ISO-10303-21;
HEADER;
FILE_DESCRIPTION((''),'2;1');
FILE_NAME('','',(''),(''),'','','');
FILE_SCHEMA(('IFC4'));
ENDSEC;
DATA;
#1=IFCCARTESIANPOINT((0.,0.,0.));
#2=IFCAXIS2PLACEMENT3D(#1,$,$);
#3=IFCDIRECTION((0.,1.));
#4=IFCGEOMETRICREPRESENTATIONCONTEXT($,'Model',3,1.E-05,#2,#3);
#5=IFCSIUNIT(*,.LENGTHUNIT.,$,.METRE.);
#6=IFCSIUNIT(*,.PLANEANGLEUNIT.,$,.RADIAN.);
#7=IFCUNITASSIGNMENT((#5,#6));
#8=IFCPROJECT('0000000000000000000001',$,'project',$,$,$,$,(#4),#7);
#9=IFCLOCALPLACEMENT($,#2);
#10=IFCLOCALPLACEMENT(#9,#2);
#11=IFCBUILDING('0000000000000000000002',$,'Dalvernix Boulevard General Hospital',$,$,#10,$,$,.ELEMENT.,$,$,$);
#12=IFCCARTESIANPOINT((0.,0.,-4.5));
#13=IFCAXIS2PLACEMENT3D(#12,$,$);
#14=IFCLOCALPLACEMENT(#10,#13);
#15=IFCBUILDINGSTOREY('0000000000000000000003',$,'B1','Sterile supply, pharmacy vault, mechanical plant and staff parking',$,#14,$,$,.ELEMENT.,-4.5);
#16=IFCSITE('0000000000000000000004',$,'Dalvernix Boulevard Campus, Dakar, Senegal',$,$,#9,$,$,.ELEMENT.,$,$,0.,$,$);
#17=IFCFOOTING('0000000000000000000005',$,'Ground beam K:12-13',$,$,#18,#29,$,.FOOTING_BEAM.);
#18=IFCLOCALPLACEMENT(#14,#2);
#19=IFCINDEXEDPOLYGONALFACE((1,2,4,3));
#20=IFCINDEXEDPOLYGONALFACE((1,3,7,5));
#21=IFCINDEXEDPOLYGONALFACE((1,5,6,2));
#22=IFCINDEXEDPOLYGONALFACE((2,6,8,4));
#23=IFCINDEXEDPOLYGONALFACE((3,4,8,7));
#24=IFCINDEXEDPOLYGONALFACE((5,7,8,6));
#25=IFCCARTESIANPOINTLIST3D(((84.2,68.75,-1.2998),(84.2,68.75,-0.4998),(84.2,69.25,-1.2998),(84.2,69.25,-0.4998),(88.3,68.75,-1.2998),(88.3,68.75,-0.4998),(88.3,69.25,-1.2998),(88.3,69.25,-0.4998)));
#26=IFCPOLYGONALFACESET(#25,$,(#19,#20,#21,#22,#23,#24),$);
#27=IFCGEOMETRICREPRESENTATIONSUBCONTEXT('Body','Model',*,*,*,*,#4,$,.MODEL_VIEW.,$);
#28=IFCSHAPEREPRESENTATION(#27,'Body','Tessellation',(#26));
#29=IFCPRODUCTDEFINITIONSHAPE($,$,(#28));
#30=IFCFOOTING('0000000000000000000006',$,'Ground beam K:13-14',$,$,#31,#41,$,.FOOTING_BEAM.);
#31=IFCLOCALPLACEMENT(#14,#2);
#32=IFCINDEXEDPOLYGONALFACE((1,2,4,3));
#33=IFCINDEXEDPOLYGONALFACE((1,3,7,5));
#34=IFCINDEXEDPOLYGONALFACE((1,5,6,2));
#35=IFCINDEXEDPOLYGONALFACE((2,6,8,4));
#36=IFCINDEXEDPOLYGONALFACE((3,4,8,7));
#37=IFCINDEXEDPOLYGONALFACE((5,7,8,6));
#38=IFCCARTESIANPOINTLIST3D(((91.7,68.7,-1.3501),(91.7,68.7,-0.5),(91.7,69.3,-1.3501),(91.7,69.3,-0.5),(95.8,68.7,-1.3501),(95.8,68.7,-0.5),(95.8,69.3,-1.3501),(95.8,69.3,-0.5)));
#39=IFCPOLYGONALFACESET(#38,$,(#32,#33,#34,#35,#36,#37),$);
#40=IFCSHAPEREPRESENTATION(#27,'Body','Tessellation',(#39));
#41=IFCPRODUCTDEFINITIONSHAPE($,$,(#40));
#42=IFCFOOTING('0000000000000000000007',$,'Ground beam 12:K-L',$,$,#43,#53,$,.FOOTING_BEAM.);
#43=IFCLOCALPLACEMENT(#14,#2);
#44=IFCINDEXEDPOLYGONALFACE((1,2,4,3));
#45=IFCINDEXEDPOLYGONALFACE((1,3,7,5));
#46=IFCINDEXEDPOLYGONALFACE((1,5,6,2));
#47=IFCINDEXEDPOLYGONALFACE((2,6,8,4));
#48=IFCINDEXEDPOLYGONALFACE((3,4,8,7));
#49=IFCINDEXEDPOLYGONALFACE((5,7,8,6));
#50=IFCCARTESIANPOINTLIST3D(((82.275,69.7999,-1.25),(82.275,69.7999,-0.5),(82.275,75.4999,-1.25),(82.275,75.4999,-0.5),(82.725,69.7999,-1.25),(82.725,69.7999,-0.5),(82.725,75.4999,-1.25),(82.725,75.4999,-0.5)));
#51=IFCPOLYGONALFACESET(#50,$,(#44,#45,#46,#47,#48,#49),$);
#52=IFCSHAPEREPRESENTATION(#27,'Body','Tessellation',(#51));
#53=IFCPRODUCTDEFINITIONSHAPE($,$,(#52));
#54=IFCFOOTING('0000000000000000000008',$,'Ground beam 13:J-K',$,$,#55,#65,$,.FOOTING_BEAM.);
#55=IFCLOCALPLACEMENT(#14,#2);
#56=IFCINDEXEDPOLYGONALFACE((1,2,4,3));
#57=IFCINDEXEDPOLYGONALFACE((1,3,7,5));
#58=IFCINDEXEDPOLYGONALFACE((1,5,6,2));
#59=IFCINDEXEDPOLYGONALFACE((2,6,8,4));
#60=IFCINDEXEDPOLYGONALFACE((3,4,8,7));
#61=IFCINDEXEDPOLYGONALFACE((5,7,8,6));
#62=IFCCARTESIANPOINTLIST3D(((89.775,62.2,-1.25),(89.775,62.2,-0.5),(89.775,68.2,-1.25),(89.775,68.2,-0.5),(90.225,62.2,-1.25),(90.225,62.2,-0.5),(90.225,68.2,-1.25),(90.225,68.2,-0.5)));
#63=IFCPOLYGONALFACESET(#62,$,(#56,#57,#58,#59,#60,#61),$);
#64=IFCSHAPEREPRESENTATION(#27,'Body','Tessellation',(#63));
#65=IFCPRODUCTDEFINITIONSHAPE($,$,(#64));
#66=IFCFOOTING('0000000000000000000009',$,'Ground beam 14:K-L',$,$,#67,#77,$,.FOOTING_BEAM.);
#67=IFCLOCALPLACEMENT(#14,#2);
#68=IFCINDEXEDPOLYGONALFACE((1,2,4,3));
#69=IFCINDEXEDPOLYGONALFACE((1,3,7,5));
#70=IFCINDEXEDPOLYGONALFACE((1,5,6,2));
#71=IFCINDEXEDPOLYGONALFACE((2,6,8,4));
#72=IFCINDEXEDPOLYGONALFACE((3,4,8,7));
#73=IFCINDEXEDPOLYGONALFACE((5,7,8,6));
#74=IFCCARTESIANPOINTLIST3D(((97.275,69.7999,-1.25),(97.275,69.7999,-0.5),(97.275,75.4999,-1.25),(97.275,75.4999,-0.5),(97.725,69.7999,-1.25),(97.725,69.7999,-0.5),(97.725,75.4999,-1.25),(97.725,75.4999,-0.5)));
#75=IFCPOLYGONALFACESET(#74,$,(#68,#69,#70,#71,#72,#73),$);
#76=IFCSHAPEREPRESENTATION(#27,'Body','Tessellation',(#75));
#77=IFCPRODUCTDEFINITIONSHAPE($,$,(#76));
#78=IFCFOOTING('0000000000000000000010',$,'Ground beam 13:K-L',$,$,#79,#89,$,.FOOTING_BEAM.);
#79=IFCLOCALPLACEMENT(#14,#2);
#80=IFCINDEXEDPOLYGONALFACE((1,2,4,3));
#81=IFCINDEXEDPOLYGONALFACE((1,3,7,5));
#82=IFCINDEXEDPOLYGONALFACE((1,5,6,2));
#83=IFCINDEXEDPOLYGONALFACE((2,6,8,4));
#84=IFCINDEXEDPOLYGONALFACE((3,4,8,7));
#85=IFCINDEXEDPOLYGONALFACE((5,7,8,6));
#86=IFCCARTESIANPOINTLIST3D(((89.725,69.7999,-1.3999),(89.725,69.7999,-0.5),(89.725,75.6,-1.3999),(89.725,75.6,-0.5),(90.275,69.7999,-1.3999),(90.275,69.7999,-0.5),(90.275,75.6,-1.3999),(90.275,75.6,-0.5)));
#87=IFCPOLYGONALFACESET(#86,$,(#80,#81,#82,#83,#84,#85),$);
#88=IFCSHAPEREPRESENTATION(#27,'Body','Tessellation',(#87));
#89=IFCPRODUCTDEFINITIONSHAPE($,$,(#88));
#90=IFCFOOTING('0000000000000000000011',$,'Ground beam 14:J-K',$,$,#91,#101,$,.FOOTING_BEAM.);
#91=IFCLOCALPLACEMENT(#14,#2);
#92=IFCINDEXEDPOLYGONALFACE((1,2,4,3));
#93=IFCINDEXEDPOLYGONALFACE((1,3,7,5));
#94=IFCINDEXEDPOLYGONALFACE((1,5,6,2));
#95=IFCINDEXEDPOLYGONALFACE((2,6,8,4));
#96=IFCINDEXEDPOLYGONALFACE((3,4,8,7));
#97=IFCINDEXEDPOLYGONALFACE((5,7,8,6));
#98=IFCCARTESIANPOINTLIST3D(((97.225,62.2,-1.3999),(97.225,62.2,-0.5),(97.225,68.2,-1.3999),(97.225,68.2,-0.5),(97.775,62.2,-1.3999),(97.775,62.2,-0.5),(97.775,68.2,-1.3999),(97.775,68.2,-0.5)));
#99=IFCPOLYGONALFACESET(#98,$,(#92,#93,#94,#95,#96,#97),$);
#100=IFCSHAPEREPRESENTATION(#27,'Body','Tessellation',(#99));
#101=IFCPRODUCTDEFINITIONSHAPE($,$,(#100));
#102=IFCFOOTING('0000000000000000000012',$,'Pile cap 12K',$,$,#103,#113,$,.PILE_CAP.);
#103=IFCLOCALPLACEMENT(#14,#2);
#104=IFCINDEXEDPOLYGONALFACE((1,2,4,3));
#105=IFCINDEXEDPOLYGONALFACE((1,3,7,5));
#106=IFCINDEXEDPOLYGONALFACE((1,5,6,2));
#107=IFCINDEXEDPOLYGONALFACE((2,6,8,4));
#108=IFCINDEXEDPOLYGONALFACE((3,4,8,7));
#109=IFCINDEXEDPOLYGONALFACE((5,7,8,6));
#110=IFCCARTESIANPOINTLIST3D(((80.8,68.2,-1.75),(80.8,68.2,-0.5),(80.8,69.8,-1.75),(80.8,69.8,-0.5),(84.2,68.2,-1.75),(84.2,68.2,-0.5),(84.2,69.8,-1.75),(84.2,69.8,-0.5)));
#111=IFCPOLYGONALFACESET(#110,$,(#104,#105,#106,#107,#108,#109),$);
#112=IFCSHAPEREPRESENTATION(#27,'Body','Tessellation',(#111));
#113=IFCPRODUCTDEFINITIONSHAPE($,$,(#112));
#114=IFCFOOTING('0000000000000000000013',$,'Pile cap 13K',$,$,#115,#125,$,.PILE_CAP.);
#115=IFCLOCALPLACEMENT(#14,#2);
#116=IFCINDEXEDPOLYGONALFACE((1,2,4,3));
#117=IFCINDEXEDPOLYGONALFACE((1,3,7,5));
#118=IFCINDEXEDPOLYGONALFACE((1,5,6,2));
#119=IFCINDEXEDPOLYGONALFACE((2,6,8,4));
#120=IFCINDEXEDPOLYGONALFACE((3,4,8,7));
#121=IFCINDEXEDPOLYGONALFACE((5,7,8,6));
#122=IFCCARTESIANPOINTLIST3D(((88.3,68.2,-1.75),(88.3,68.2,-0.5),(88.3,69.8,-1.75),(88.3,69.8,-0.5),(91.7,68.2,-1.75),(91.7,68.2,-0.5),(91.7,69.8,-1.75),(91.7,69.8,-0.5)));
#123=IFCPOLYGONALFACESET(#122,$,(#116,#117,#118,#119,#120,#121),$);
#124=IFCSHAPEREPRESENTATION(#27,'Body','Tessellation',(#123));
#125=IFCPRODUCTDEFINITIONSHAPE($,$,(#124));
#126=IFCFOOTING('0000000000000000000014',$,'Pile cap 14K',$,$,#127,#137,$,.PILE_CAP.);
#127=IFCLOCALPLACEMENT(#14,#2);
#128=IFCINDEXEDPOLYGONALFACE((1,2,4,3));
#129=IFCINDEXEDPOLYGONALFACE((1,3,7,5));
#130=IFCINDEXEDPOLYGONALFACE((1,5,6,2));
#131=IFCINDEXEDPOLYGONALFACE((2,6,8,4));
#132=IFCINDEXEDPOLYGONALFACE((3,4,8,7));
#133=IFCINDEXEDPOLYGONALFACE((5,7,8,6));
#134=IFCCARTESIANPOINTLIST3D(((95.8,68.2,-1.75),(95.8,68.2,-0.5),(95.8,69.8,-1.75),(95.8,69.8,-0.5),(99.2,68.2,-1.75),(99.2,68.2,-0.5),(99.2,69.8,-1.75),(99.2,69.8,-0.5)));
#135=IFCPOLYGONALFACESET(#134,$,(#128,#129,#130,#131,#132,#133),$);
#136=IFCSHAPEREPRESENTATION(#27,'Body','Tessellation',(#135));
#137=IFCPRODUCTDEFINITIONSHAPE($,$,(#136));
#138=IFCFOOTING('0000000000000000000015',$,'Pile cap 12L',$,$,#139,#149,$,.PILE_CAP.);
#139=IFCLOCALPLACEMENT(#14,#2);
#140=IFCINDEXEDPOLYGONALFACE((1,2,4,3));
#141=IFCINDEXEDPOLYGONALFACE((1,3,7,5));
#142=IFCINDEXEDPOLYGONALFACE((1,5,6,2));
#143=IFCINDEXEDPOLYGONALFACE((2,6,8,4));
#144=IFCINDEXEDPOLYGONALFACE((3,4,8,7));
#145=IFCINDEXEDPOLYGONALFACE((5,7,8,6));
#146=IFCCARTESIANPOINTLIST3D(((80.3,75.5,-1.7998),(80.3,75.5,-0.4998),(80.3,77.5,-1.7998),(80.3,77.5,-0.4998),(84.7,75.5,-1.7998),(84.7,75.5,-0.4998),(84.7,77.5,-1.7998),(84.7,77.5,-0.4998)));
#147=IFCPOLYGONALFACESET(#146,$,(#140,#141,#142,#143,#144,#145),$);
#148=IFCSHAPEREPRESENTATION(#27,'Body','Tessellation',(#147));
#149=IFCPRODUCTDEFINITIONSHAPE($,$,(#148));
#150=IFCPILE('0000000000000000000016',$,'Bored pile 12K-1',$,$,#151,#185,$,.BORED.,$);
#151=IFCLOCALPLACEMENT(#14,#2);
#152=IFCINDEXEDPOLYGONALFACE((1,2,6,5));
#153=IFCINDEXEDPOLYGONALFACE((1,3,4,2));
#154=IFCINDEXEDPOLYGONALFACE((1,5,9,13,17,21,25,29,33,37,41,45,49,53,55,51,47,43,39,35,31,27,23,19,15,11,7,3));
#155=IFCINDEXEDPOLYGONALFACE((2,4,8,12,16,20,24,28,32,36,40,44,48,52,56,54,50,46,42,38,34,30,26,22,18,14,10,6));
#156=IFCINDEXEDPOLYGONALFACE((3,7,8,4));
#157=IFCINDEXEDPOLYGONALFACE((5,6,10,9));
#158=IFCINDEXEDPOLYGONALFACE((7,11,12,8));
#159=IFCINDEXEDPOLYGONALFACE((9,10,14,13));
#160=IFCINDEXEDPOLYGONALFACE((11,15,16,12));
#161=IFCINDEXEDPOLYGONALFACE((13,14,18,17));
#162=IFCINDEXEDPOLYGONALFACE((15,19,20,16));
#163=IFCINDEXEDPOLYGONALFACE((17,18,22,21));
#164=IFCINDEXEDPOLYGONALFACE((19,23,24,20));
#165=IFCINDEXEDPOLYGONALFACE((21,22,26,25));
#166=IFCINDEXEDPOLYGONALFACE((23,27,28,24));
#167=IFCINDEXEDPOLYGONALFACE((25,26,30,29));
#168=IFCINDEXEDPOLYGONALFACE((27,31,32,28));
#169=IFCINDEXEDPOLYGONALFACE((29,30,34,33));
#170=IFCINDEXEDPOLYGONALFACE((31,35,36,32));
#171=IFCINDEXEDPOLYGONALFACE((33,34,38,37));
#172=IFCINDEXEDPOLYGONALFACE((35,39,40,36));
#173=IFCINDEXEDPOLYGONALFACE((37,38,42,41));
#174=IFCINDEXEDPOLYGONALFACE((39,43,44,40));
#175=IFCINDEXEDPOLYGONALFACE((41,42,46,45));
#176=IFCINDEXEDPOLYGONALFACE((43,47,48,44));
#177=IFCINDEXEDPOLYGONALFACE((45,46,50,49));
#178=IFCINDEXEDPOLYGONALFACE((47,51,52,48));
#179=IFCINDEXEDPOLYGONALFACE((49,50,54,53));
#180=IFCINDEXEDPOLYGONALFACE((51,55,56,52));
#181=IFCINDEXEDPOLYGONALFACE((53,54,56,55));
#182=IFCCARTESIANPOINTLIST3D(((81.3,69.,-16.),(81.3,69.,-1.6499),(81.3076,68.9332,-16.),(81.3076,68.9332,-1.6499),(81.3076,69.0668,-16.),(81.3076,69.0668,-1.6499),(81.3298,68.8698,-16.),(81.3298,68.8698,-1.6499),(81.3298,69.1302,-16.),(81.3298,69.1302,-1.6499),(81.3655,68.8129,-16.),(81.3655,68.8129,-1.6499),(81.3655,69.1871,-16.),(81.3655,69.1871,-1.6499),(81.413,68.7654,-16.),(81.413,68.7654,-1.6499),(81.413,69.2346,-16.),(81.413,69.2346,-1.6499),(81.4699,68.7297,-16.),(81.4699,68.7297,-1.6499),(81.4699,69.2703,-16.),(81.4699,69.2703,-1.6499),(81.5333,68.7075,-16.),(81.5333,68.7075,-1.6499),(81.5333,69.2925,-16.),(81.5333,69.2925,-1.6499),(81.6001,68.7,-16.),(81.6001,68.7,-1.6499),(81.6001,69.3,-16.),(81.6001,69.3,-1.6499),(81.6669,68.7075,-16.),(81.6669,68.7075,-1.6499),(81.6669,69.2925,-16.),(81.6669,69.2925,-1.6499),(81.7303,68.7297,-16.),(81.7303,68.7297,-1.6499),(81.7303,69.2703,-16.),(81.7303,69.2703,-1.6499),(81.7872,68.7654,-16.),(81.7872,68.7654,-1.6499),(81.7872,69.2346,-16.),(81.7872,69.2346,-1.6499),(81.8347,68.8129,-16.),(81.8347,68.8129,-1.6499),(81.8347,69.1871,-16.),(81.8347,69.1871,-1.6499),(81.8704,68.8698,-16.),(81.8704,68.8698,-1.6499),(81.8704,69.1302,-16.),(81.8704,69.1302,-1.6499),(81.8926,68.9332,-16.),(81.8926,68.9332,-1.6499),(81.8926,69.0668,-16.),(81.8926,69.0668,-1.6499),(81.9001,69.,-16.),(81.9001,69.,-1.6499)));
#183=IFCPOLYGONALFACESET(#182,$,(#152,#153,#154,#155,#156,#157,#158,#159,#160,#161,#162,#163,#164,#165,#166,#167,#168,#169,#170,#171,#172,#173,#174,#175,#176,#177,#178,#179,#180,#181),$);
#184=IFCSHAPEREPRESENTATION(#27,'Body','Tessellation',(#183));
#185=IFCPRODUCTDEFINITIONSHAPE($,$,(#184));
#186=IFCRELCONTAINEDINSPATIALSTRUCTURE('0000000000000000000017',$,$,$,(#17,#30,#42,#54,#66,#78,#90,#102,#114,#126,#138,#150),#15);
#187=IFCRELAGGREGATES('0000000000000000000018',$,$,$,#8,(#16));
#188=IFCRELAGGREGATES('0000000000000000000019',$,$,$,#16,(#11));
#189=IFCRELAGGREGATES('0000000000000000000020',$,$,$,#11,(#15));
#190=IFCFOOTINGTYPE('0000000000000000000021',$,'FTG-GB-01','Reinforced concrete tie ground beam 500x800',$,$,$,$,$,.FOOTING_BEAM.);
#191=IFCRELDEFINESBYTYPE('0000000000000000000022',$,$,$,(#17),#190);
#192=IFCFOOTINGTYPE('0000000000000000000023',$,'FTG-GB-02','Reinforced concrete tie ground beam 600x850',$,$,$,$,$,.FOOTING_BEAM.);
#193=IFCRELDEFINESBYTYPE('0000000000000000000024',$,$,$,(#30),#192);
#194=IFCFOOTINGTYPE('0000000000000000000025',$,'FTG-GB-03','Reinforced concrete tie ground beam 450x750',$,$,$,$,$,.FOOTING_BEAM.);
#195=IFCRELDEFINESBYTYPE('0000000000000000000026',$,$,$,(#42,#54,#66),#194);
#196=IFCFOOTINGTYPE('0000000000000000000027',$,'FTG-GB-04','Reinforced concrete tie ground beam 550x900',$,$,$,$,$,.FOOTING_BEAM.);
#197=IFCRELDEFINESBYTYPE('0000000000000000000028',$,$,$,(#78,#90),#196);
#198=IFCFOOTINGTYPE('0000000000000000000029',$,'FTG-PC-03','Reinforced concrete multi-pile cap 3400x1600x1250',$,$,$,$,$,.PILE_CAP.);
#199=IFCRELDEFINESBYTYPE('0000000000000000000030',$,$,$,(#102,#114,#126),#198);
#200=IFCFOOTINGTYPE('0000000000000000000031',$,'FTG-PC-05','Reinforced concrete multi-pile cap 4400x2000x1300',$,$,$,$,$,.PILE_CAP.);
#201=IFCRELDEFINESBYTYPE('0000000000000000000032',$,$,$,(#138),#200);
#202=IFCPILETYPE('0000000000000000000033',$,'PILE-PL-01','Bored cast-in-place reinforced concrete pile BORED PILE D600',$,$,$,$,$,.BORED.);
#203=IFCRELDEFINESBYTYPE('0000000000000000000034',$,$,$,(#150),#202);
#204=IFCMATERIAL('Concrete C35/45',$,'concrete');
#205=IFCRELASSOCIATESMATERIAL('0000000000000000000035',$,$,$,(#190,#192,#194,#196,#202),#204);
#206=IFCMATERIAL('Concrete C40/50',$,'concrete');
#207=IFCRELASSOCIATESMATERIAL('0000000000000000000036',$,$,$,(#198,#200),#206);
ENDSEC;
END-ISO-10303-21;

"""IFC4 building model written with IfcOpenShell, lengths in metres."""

from ifc_helpers import new_model, si_unit, direction, frame, origin, origin_2d, place, context, subcontext, project, spatial, rectangle, circle, extrude, material, material_profile, profile_set, type_object, element, save


model = new_model("IFC4")

# Units and contexts
model_context = context("Model", 3, precision=1e-05, world=origin(), true_north=direction((0.0, 1.0)))
body_context = subcontext(model_context, "Body", "Model", "MODEL_VIEW")
ifc_project = project(units=[si_unit("LENGTHUNIT", "METRE"), si_unit("PLANEANGLEUNIT", "RADIAN")], contexts=[model_context])

# Site, building, storey
site_placement = place(None, origin())
site = spatial("IfcSite", under=ifc_project, at=site_placement, Name="Dalvernix Boulevard Campus, Dakar, Senegal", CompositionType="ELEMENT", RefElevation=0.0)
building_placement = place(site_placement, origin())
building = spatial("IfcBuilding", under=site, at=building_placement, Name="Dalvernix Boulevard General Hospital", CompositionType="ELEMENT")
storey_placement = place(building_placement, frame((0.0, 0.0, -4.5)))
storey = spatial("IfcBuildingStorey", under=building, at=storey_placement, Name="B1", Description="Sterile supply, pharmacy vault, mechanical plant and staff parking", CompositionType="ELEMENT", Elevation=-4.5)

# Footings
ifc_material_1 = material(Name="Concrete C35/45", Category="concrete")
footing_type_1 = type_object("IfcFootingType", Name="FTG-GB-01", Description="Reinforced concrete tie ground beam 500x800", PredefinedType="FOOTING_BEAM", material=ifc_material_1)
footing_1_placement = place(storey_placement, frame((86.25, 69.0, -1.2998), z_axis=(0.0, 0.0, 1.0), x_axis=(1.0, 0.0, 0.0)))
element("IfcFooting", 1, at=footing_1_placement, inside=storey, type_object=footing_type_1, Name="Ground beam K:12-13", PredefinedType="FOOTING_BEAM", context=body_context, shape_type="SweptSolid", body=[
    extrude(rectangle(XDim=4.1001, YDim=0.5, at=origin_2d()), origin(), (0.0, 0.0, 1.0), 0.8),
])
footing_type_2 = type_object("IfcFootingType", Name="FTG-GB-02", Description="Reinforced concrete tie ground beam 600x850", PredefinedType="FOOTING_BEAM", material=ifc_material_1)
footing_2_placement = place(storey_placement, frame((93.75, 69.0, -1.3501), z_axis=(0.0, 0.0, 1.0), x_axis=(1.0, 0.0, 0.0)))
element("IfcFooting", 2, at=footing_2_placement, inside=storey, type_object=footing_type_2, Name="Ground beam K:13-14", PredefinedType="FOOTING_BEAM", context=body_context, shape_type="SweptSolid", body=[
    extrude(rectangle(XDim=4.1001, YDim=0.6001, at=origin_2d()), origin(), (0.0, 0.0, 1.0), 0.8501),
])
footing_type_3 = type_object("IfcFootingType", Name="FTG-GB-03", Description="Reinforced concrete tie ground beam 450x750", PredefinedType="FOOTING_BEAM", material=ifc_material_1)
footing_3_placement = place(storey_placement, frame((82.5, 72.6499, -1.25), z_axis=(0.0, 0.0, 1.0), x_axis=(0.0, 1.0, 0.0)))
element("IfcFooting", 3, at=footing_3_placement, inside=storey, type_object=footing_type_3, Name="Ground beam 12:K-L", PredefinedType="FOOTING_BEAM", context=body_context, shape_type="SweptSolid", body=[
    extrude(rectangle(XDim=5.7, YDim=0.45, at=origin_2d()), origin(), (0.0, 0.0, 1.0), 0.75),
])
footing_4_placement = place(storey_placement, frame((90.0, 65.2, -1.25), z_axis=(0.0, 0.0, 1.0), x_axis=(0.0, 1.0, 0.0)))
element("IfcFooting", 4, at=footing_4_placement, inside=storey, type_object=footing_type_3, Name="Ground beam 13:J-K", PredefinedType="FOOTING_BEAM", context=body_context, shape_type="SweptSolid", body=[
    extrude(rectangle(XDim=6.0, YDim=0.45, at=origin_2d()), origin(), (0.0, 0.0, 1.0), 0.75),
])
footing_5_placement = place(storey_placement, frame((97.5, 72.6499, -1.25), z_axis=(0.0, 0.0, 1.0), x_axis=(0.0, 1.0, 0.0)))
element("IfcFooting", 5, at=footing_5_placement, inside=storey, type_object=footing_type_3, Name="Ground beam 14:K-L", PredefinedType="FOOTING_BEAM", context=body_context, shape_type="SweptSolid", body=[
    extrude(rectangle(XDim=5.7, YDim=0.45, at=origin_2d()), origin(), (0.0, 0.0, 1.0), 0.75),
])
footing_type_4 = type_object("IfcFootingType", Name="FTG-GB-04", Description="Reinforced concrete tie ground beam 550x900", PredefinedType="FOOTING_BEAM", material=ifc_material_1)
footing_6_placement = place(storey_placement, frame((90.0, 72.7, -1.3999), z_axis=(0.0, 0.0, 1.0), x_axis=(0.0, 1.0, 0.0)))
element("IfcFooting", 6, at=footing_6_placement, inside=storey, type_object=footing_type_4, Name="Ground beam 13:K-L", PredefinedType="FOOTING_BEAM", context=body_context, shape_type="SweptSolid", body=[
    extrude(rectangle(XDim=5.8, YDim=0.55, at=origin_2d()), origin(), (0.0, 0.0, 1.0), 0.8999),
])
footing_7_placement = place(storey_placement, frame((97.5, 65.2, -1.3999), z_axis=(0.0, 0.0, 1.0), x_axis=(0.0, 1.0, 0.0)))
element("IfcFooting", 7, at=footing_7_placement, inside=storey, type_object=footing_type_4, Name="Ground beam 14:J-K", PredefinedType="FOOTING_BEAM", context=body_context, shape_type="SweptSolid", body=[
    extrude(rectangle(XDim=6.0, YDim=0.55, at=origin_2d()), origin(), (0.0, 0.0, 1.0), 0.8999),
])
ifc_material_2 = material(Name="Concrete C40/50", Category="concrete")
footing_type_5 = type_object("IfcFootingType", Name="FTG-PC-03", Description="Reinforced concrete multi-pile cap 3400x1600x1250", PredefinedType="PILE_CAP", material=ifc_material_2)
for number, where, z_axis, x_axis, name in (
    (8, (82.5, 69.0, -1.75), (0.0, 0.0, 1.0), (1.0, 0.0, 0.0), "Pile cap 12K"),
    (9, (90.0, 69.0, -1.75), (0.0, 0.0, 1.0), (1.0, 0.0, 0.0), "Pile cap 13K"),
    (10, (97.5, 69.0, -1.75), (0.0, 0.0, 1.0), (1.0, 0.0, 0.0), "Pile cap 14K"),
):
    element("IfcFooting", number, at=place(storey_placement, frame(where, z_axis=z_axis, x_axis=x_axis)), inside=storey, type_object=footing_type_5, Name=name, PredefinedType="PILE_CAP", context=body_context, shape_type="SweptSolid", body=[
        extrude(rectangle(XDim=3.3999, YDim=1.6001, at=origin_2d()), origin(), (0.0, 0.0, 1.0), 1.25),
    ])
footing_type_6 = type_object("IfcFootingType", Name="FTG-PC-05", Description="Reinforced concrete multi-pile cap 4400x2000x1300", PredefinedType="PILE_CAP", material=ifc_material_2)
footing_8_placement = place(storey_placement, frame((82.5, 76.5, -1.7998), z_axis=(0.0, 0.0, 1.0), x_axis=(1.0, 0.0, 0.0)))
element("IfcFooting", 11, at=footing_8_placement, inside=storey, type_object=footing_type_6, Name="Pile cap 12L", PredefinedType="PILE_CAP", context=body_context, shape_type="SweptSolid", body=[
    extrude(rectangle(XDim=4.3999, YDim=2.0, at=origin_2d()), origin(), (0.0, 0.0, 1.0), 1.3),
])

# Pile
ifc_material_profile_1 = material_profile(ifc_material_1, circle(Radius=0.3, at=origin_2d()), Name="BORED PILE D600")
ifc_profile_set_1 = profile_set([ifc_material_profile_1], Name="Concrete C35/45")
pile_type = type_object("IfcPileType", Name="PILE-PL-01", Description="Bored cast-in-place reinforced concrete pile BORED PILE D600", PredefinedType="BORED", material=ifc_profile_set_1)
for number, where, z_axis, x_axis, name in (
    (12, (81.6001, 69.0, -1.6499), (0.0, 0.0, -1.0), (1.0, 0.0, 0.0), "Bored pile 12K-1"),
):
    element("IfcPile", number, at=place(storey_placement, frame(where, z_axis=z_axis, x_axis=x_axis)), inside=storey, type_object=pile_type, Name=name, PredefinedType="BORED", context=body_context, shape_type="SweptSolid", body=[
        extrude(circle(Radius=0.3, at=origin_2d()), origin(), (0.0, 0.0, 1.0), 14.3501),
    ])

save(model, "model.ifc")
